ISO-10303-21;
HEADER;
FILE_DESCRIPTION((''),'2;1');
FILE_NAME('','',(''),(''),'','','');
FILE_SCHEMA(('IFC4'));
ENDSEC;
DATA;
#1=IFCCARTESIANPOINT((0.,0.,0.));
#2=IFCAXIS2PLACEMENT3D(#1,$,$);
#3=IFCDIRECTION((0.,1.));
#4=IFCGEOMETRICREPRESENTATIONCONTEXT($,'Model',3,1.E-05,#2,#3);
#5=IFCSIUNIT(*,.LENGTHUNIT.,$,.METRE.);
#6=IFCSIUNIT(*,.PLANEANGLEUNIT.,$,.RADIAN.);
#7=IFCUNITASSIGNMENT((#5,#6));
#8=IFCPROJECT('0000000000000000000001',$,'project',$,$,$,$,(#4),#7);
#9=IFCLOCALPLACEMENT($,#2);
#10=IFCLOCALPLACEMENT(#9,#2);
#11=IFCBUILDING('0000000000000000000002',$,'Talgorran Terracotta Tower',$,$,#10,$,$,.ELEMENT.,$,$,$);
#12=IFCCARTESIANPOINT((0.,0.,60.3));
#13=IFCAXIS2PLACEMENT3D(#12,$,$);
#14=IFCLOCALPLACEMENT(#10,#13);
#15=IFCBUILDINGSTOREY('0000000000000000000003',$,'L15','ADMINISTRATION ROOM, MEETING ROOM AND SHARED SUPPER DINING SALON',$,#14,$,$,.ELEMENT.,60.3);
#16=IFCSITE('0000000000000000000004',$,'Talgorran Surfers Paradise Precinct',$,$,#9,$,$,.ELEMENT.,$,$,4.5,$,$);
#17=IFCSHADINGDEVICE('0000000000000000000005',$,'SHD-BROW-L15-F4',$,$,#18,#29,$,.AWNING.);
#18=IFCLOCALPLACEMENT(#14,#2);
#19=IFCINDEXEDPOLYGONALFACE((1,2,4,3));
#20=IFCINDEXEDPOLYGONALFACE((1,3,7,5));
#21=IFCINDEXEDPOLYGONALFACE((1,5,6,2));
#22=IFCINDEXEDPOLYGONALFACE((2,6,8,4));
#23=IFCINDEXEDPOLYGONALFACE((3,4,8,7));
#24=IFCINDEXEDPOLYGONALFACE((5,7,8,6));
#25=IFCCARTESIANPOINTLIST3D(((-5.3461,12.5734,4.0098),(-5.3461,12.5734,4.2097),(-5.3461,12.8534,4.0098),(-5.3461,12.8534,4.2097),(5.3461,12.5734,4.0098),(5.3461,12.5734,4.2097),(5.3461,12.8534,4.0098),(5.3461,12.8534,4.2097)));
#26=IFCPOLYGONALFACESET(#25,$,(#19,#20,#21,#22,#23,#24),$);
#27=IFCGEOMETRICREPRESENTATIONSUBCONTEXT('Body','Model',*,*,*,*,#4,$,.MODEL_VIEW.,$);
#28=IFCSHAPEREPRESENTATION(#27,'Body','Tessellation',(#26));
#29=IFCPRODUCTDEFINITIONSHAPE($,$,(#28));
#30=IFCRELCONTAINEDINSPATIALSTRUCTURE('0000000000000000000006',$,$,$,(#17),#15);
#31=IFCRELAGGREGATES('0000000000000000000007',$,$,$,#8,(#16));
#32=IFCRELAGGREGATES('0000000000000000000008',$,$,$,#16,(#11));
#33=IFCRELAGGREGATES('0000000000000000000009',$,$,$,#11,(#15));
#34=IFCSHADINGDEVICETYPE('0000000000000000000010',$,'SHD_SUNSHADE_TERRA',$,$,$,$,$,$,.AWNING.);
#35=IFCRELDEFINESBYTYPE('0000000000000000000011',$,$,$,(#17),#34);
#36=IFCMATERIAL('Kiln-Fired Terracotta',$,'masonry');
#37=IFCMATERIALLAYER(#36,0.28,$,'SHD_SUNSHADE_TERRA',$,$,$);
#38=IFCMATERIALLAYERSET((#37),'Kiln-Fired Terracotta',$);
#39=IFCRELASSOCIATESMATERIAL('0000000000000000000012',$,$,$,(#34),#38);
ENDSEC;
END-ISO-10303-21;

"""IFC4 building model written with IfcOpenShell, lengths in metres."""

from ifc_helpers import new_model, si_unit, direction, frame, origin, origin_2d, place, context, subcontext, project, spatial, rectangle, extrude, source, transform, mapped, material, layer, layer_set, type_object, type_shapes, element, save


model = new_model("IFC4")

# Units and contexts
model_context = context("Model", 3, precision=1e-05, world=origin(), true_north=direction((0.0, 1.0)))
body_context = subcontext(model_context, "Body", "Model", "MODEL_VIEW")
ifc_project = project(units=[si_unit("LENGTHUNIT", "METRE"), si_unit("PLANEANGLEUNIT", "RADIAN")], contexts=[model_context])

# Site, building, storey
site_placement = place(None, origin())
site = spatial("IfcSite", under=ifc_project, at=site_placement, Name="Talgorran Surfers Paradise Precinct", CompositionType="ELEMENT", RefElevation=4.5)
building_placement = place(site_placement, origin())
building = spatial("IfcBuilding", under=site, at=building_placement, Name="Talgorran Terracotta Tower", CompositionType="ELEMENT")
storey_placement = place(building_placement, frame((0.0, 0.0, 60.3)))
storey = spatial("IfcBuildingStorey", under=building, at=storey_placement, Name="L15", Description="ADMINISTRATION ROOM, MEETING ROOM AND SHARED SUPPER DINING SALON", CompositionType="ELEMENT", Elevation=60.3)

# Shading device
ifc_material_1 = material(Name="Kiln-Fired Terracotta", Category="masonry")
ifc_layer_1 = layer(ifc_material_1, 0.28, Name="SHD_SUNSHADE_TERRA")
ifc_layer_set_1 = layer_set([ifc_layer_1], Name="Kiln-Fired Terracotta")
shading_device_type = type_object("IfcShadingDeviceType", Name="SHD_SUNSHADE_TERRA", PredefinedType="AWNING", material=ifc_layer_set_1)
shared_shape_1 = source(origin(), body_context, "Body", "SweptSolid", [
    extrude(rectangle(XDim=10.6921, YDim=0.28, at=origin_2d()), origin(), (0.0, 0.0, 1.0), 0.2),
])
type_shapes(shading_device_type, [shared_shape_1])
shading_device_placement = place(storey_placement, frame((0.0, 12.7134, 4.0098), z_axis=(0.0, 0.0, 1.0), x_axis=(-1.0, 0.0, 0.0)))
element("IfcShadingDevice", 1, at=shading_device_placement, inside=storey, type_object=shading_device_type, Name="SHD-BROW-L15-F4", PredefinedType="AWNING", context=body_context, shape_type="MappedRepresentation", body=[
    mapped(shared_shape_1, transform((0.0, 0.0, 0.0), scale=1.0)),
])

save(model, "model.ifc")
